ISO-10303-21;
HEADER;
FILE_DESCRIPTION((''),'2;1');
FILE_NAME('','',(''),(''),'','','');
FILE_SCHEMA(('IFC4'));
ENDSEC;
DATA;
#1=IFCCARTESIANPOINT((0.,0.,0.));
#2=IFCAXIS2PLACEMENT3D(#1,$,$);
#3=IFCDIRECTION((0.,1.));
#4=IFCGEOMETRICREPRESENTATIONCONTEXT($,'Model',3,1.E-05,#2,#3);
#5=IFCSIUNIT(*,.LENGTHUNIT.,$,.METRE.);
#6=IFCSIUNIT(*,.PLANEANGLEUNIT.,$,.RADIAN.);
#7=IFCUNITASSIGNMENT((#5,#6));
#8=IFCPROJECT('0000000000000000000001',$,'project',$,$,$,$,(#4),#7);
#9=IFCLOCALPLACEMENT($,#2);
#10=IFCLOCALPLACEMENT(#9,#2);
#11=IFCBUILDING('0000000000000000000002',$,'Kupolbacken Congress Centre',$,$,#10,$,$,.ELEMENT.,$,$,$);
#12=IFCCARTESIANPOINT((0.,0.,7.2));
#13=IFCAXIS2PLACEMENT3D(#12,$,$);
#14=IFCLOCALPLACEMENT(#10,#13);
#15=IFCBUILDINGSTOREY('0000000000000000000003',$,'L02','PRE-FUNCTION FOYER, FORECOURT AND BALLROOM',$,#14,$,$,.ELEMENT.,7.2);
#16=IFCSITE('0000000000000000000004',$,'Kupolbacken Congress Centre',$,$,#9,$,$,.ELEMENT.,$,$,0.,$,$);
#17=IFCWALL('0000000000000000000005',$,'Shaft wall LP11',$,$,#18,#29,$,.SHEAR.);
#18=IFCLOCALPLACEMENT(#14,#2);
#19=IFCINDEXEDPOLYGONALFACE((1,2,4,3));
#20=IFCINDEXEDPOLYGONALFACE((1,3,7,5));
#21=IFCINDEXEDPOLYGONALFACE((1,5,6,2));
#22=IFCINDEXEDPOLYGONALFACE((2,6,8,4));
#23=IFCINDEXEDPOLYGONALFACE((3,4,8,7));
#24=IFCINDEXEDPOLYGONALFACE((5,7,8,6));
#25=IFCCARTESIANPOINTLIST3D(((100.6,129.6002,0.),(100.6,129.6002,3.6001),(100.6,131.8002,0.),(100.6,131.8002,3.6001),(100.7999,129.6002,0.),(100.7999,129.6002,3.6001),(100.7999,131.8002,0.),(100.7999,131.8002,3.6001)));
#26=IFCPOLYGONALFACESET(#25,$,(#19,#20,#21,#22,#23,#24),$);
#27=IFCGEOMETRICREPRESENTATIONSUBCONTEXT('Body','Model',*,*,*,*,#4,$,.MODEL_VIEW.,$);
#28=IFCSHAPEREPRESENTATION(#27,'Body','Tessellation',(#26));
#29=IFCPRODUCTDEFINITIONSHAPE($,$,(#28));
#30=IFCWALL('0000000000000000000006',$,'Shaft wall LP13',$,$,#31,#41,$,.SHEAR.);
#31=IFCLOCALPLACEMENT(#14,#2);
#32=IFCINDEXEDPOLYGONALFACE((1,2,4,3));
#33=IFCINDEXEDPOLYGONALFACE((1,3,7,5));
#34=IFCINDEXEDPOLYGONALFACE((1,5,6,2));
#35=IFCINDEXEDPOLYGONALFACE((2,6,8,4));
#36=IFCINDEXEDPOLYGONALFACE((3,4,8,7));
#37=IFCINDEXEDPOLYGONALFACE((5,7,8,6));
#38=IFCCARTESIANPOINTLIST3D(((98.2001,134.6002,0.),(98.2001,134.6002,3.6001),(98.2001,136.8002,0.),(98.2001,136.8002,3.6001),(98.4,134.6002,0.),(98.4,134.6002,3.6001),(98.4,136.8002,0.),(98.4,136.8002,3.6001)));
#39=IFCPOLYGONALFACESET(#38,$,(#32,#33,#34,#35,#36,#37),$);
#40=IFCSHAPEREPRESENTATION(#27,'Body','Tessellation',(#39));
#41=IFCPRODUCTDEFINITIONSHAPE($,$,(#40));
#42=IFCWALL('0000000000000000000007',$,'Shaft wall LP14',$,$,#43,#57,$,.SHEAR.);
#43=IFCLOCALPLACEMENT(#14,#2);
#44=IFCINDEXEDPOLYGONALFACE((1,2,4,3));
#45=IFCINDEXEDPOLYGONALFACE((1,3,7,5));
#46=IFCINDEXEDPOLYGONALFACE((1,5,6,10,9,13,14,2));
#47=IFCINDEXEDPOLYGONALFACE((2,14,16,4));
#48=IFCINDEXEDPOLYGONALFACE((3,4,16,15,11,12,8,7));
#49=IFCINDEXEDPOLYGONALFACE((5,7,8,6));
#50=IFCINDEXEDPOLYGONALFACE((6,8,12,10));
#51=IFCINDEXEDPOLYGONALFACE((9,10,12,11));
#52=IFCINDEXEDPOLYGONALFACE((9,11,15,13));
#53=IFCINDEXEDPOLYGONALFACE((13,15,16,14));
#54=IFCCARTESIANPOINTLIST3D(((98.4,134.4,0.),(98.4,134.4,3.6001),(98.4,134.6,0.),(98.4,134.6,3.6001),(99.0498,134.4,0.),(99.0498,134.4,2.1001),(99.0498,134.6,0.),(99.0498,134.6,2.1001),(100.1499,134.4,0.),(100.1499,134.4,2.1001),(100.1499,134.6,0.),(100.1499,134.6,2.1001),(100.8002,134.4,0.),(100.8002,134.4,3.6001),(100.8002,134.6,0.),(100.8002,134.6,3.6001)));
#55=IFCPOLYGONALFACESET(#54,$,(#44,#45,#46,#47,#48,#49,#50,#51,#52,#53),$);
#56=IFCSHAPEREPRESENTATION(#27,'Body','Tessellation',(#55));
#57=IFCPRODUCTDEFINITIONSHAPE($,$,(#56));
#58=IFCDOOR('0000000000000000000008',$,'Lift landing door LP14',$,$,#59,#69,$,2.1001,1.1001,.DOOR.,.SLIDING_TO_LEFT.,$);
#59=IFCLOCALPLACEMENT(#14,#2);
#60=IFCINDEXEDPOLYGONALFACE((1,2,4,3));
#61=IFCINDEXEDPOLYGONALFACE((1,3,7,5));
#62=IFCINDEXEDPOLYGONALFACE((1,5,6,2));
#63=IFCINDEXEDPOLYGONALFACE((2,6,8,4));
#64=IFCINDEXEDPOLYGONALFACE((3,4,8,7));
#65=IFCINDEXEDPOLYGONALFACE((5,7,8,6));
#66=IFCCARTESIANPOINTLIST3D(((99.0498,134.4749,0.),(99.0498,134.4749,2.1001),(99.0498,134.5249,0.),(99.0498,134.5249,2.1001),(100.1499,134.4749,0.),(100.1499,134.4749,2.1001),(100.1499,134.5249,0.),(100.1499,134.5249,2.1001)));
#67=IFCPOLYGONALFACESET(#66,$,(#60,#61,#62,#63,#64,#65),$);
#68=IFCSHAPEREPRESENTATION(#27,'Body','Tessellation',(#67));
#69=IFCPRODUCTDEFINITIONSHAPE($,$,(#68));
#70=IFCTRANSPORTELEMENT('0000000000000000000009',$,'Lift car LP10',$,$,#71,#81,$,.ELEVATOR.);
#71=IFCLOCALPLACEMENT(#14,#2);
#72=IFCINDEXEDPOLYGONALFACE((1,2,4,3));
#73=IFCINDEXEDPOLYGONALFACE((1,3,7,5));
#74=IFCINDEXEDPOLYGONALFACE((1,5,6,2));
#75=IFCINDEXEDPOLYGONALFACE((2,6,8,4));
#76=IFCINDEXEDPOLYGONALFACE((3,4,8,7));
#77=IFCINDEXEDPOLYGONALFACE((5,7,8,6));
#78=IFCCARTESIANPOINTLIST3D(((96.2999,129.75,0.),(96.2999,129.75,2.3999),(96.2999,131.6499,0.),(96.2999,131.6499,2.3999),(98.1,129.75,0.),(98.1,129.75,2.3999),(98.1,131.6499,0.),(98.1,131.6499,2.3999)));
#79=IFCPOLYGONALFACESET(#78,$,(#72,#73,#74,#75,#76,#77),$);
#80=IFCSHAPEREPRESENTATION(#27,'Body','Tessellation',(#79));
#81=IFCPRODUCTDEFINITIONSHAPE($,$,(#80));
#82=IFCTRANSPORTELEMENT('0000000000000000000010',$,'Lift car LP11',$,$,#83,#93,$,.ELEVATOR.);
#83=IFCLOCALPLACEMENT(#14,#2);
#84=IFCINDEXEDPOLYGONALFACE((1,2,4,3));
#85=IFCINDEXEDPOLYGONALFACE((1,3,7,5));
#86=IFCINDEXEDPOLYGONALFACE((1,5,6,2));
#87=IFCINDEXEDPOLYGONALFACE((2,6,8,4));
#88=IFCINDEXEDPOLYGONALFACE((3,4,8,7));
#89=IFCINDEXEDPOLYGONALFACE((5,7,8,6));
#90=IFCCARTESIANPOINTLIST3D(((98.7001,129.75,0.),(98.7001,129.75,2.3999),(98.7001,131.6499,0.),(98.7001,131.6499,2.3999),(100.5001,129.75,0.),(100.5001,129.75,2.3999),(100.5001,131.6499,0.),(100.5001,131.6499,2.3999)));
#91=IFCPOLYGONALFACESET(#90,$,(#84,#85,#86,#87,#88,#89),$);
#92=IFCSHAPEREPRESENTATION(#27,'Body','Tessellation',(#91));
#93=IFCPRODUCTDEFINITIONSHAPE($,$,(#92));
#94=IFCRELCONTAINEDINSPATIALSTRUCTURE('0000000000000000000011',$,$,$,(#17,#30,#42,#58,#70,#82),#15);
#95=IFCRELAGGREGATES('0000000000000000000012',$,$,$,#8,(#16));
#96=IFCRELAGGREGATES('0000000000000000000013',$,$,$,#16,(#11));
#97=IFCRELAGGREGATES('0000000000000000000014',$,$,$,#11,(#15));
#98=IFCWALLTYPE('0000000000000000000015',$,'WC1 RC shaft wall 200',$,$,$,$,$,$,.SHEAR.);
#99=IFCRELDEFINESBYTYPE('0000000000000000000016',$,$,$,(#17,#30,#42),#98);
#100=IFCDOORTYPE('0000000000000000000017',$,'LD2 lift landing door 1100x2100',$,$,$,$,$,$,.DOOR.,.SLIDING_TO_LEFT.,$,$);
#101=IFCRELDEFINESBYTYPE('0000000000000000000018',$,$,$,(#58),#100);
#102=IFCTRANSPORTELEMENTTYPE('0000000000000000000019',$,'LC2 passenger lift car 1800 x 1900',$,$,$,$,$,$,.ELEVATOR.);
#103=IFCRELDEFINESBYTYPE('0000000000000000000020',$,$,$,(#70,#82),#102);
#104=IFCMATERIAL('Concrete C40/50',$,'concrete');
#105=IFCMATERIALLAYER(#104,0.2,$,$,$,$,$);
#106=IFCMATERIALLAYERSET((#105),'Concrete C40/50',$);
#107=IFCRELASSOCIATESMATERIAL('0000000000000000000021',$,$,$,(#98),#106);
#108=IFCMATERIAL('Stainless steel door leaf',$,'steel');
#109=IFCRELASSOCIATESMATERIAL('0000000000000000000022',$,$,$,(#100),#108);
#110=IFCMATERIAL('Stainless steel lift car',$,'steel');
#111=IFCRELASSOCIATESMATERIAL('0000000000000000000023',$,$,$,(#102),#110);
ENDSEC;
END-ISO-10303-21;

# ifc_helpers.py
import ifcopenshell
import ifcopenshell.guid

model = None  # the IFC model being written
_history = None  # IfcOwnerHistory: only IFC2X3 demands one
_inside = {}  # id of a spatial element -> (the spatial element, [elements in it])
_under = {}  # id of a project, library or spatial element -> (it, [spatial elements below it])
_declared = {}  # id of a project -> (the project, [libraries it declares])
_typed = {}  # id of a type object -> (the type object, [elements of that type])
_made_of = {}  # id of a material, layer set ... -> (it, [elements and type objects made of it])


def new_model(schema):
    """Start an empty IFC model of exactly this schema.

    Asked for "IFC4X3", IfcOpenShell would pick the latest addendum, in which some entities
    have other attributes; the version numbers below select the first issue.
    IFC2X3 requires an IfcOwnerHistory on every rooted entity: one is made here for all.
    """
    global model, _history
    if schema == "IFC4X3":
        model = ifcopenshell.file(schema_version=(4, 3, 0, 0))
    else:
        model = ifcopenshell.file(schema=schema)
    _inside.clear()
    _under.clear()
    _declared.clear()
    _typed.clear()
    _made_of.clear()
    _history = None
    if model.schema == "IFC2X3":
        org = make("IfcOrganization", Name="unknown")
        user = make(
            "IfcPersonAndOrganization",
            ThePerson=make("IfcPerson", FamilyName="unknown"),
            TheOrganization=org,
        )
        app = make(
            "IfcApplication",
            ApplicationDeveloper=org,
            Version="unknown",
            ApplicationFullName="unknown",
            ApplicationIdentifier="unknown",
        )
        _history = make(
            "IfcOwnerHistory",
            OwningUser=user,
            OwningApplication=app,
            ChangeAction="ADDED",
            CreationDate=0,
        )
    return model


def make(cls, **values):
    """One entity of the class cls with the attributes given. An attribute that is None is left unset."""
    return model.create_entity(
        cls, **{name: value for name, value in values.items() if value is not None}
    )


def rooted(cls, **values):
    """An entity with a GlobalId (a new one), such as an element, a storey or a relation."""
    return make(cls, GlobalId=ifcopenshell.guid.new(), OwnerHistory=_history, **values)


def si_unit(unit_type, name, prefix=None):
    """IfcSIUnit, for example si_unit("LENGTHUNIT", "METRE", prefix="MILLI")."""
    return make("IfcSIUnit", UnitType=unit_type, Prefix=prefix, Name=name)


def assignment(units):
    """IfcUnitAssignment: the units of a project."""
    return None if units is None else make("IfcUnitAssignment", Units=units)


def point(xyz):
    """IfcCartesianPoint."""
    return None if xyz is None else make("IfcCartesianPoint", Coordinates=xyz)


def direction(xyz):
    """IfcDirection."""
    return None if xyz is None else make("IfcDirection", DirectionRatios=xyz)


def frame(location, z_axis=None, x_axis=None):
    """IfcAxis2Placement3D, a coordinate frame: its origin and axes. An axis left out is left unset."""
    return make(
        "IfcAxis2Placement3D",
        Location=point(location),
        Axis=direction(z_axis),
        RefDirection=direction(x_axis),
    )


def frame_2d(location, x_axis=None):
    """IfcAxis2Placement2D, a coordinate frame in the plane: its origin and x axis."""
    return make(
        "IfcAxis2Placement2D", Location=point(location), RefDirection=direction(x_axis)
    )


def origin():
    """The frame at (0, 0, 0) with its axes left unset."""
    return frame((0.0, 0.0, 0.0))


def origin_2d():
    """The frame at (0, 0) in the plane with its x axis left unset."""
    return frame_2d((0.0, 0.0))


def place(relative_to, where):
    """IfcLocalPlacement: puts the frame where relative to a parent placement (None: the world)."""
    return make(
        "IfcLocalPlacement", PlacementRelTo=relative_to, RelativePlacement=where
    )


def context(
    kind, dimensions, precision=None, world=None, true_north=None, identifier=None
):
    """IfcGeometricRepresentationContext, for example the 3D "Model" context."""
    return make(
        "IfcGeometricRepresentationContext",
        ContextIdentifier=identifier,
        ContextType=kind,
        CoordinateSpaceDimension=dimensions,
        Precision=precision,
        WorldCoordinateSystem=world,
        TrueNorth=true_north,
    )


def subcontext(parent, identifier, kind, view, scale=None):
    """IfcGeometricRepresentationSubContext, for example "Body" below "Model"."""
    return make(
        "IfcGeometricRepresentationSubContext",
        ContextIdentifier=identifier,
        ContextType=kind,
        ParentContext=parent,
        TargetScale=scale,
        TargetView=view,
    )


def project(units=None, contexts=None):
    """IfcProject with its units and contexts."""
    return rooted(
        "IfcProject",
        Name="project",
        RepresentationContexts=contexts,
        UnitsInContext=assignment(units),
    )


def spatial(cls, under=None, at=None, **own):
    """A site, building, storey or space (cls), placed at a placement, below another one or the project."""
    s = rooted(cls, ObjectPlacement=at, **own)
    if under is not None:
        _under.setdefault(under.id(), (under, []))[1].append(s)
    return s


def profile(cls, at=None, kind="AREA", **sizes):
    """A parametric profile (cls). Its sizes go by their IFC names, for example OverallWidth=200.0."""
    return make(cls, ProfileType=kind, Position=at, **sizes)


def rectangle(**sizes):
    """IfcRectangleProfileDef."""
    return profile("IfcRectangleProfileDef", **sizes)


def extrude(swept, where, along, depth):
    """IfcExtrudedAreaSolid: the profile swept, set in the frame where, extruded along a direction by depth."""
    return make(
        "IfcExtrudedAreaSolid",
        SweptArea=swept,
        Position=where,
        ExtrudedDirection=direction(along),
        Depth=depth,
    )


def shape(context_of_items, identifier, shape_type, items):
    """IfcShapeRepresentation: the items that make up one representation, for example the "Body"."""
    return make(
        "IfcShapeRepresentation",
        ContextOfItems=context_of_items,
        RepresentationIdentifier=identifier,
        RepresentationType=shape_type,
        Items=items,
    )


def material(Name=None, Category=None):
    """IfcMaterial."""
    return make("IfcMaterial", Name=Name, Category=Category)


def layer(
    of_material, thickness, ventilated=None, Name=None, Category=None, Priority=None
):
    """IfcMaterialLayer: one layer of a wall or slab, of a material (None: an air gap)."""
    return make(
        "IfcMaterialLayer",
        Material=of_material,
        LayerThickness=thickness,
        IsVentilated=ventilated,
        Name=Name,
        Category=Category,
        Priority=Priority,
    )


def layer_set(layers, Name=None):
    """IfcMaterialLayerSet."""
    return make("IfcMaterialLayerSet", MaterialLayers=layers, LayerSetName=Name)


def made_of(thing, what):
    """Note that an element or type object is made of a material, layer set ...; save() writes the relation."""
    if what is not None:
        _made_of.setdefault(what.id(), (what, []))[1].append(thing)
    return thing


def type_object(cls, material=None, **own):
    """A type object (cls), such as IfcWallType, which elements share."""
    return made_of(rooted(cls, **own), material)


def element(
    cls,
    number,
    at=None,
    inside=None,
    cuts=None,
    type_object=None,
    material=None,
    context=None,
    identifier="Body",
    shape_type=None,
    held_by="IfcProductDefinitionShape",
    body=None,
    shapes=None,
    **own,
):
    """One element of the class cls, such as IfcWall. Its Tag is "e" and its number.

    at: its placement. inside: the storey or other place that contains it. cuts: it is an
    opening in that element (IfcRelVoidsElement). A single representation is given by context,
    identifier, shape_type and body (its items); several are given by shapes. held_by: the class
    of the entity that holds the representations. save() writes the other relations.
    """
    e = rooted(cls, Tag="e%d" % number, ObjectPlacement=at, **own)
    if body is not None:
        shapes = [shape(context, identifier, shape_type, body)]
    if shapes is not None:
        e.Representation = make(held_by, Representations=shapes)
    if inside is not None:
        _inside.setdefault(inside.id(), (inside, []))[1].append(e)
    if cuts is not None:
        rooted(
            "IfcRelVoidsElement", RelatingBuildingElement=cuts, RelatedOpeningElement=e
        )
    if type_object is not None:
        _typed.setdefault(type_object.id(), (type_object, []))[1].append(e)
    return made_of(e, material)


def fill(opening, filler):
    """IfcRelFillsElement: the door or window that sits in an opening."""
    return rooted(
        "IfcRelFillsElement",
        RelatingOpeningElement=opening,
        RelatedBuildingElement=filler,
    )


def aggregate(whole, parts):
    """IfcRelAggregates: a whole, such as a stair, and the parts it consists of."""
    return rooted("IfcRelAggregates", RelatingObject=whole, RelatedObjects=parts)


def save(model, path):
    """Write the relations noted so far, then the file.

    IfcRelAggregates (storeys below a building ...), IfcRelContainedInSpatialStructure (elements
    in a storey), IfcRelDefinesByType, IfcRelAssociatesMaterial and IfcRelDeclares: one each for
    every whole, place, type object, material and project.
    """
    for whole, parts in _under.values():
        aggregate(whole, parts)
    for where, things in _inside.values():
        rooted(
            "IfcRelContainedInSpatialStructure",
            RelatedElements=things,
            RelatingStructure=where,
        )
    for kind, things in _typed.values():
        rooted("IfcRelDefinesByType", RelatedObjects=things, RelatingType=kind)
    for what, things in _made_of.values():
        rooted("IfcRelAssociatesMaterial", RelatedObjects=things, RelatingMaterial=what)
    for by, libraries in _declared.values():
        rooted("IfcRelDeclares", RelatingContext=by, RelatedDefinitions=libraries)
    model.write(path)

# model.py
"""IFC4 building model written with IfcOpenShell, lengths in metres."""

from ifc_helpers import new_model, si_unit, direction, frame, frame_2d, origin, origin_2d, place, context, subcontext, project, spatial, rectangle, extrude, material, layer, layer_set, type_object, element, fill, save


model = new_model("IFC4")

# Units and contexts
model_context = context("Model", 3, precision=1e-05, world=origin(), true_north=direction((0.0, 1.0)))
body_context = subcontext(model_context, "Body", "Model", "MODEL_VIEW")
ifc_project = project(units=[si_unit("LENGTHUNIT", "METRE"), si_unit("PLANEANGLEUNIT", "RADIAN")], contexts=[model_context])

# Site, building, storey
site_placement = place(None, origin())
site = spatial("IfcSite", under=ifc_project, at=site_placement, Name="Kupolbacken Congress Centre", CompositionType="ELEMENT", RefElevation=0.0)
building_placement = place(site_placement, origin())
building = spatial("IfcBuilding", under=site, at=building_placement, Name="Kupolbacken Congress Centre", CompositionType="ELEMENT")
storey_placement = place(building_placement, frame((0.0, 0.0, 7.2)))
storey = spatial("IfcBuildingStorey", under=building, at=storey_placement, Name="L02", Description="PRE-FUNCTION FOYER, FORECOURT AND BALLROOM", CompositionType="ELEMENT", Elevation=7.2)

# Shared definitions
ifc_material_1 = material(Name="Concrete C40/50", Category="concrete")
ifc_layer_1 = layer(ifc_material_1, 0.2)
ifc_layer_set_1 = layer_set([ifc_layer_1], Name="Concrete C40/50")
wall_type_1 = type_object("IfcWallType", Name="WC1 RC shaft wall 200", PredefinedType="SHEAR", material=ifc_layer_set_1)

# Shared definitions
ifc_material_2 = material(Name="Stainless steel door leaf", Category="steel")
door_type_1 = type_object("IfcDoorType", Name="LD2 lift landing door 1100x2100", OperationType="SLIDING_TO_LEFT", PredefinedType="DOOR", material=ifc_material_2)

# Walls
for number, where, z_axis, x_axis, name in (
    (1, (100.7, 129.6001, 0.0), (0.0, 0.0, 1.0), (0.0, 1.0, 0.0), "Shaft wall LP11"),
    (2, (98.3, 134.6001, 0.0), (0.0, 0.0, 1.0), (0.0, 1.0, 0.0), "Shaft wall LP13"),
):
    element("IfcWall", number, at=place(storey_placement, frame(where, z_axis=z_axis, x_axis=x_axis)), inside=storey, type_object=wall_type_1, Name=name, PredefinedType="SHEAR", context=body_context, shape_type="SweptSolid", body=[
        extrude(rectangle(XDim=2.2, YDim=0.2, at=frame_2d((1.1001, 0.0))), origin(), (0.0, 0.0, 1.0), 3.6001),
    ])

# Wall, opening, door
wall_1_placement = place(storey_placement, frame((98.3999, 134.5, 0.0), z_axis=(0.0, 0.0, 1.0), x_axis=(1.0, 0.0, 0.0)))
wall_1 = element("IfcWall", 3, at=wall_1_placement, inside=storey, type_object=wall_type_1, Name="Shaft wall LP14", PredefinedType="SHEAR", context=body_context, shape_type="SweptSolid", body=[
    extrude(rectangle(XDim=2.4001, YDim=0.2, at=frame_2d((1.2002, 0.0))), origin(), (0.0, 0.0, 1.0), 3.6001),
])
opening_1_placement = place(wall_1_placement, frame((0.6499, 0.0, 0.0)))
opening_1 = element("IfcOpeningElement", 4, at=opening_1_placement, cuts=wall_1, PredefinedType="OPENING", context=body_context, shape_type="SweptSolid", body=[
    extrude(rectangle(XDim=1.1001, YDim=2.1001, at=frame_2d((0.55, 1.05))), frame((0.0, 0.1099, 0.0), z_axis=(0.0, -1.0, 0.0), x_axis=(1.0, 0.0, 0.0)), (0.0, 0.0, 1.0), 0.22),
])
door_1_placement = place(opening_1_placement, origin())
door_1 = element("IfcDoor", 5, at=door_1_placement, inside=storey, type_object=door_type_1, Name="Lift landing door LP14", OperationType="SLIDING_TO_LEFT", OverallHeight=2.1001, OverallWidth=1.1001, PredefinedType="DOOR", context=body_context, shape_type="SweptSolid", body=[
    extrude(rectangle(XDim=1.1001, YDim=2.1001, at=frame_2d((0.55, 1.05))), frame((0.0, 0.0249, 0.0), z_axis=(0.0, -1.0, 0.0), x_axis=(1.0, 0.0, 0.0)), (0.0, 0.0, 1.0), 0.05),
])
fill(opening_1, door_1)

# Transport elements
ifc_material_3 = material(Name="Stainless steel lift car", Category="steel")
transport_element_type = type_object("IfcTransportElementType", Name="LC2 passenger lift car 1800 x 1900", PredefinedType="ELEVATOR", material=ifc_material_3)
for number, where, z_axis, x_axis, name in (
    (6, (97.2, 130.7, 0.0), (0.0, 0.0, 1.0), (1.0, 0.0, 0.0), "Lift car LP10"),
    (7, (99.6001, 130.7, 0.0), (0.0, 0.0, 1.0), (1.0, 0.0, 0.0), "Lift car LP11"),
):
    element("IfcTransportElement", number, at=place(storey_placement, frame(where, z_axis=z_axis, x_axis=x_axis)), inside=storey, type_object=transport_element_type, Name=name, PredefinedType="ELEVATOR", context=body_context, shape_type="SweptSolid", body=[
        extrude(rectangle(XDim=1.8, YDim=1.8999, at=origin_2d()), origin(), (0.0, 0.0, 1.0), 2.3999),
    ])

save(model, "model.ifc")
